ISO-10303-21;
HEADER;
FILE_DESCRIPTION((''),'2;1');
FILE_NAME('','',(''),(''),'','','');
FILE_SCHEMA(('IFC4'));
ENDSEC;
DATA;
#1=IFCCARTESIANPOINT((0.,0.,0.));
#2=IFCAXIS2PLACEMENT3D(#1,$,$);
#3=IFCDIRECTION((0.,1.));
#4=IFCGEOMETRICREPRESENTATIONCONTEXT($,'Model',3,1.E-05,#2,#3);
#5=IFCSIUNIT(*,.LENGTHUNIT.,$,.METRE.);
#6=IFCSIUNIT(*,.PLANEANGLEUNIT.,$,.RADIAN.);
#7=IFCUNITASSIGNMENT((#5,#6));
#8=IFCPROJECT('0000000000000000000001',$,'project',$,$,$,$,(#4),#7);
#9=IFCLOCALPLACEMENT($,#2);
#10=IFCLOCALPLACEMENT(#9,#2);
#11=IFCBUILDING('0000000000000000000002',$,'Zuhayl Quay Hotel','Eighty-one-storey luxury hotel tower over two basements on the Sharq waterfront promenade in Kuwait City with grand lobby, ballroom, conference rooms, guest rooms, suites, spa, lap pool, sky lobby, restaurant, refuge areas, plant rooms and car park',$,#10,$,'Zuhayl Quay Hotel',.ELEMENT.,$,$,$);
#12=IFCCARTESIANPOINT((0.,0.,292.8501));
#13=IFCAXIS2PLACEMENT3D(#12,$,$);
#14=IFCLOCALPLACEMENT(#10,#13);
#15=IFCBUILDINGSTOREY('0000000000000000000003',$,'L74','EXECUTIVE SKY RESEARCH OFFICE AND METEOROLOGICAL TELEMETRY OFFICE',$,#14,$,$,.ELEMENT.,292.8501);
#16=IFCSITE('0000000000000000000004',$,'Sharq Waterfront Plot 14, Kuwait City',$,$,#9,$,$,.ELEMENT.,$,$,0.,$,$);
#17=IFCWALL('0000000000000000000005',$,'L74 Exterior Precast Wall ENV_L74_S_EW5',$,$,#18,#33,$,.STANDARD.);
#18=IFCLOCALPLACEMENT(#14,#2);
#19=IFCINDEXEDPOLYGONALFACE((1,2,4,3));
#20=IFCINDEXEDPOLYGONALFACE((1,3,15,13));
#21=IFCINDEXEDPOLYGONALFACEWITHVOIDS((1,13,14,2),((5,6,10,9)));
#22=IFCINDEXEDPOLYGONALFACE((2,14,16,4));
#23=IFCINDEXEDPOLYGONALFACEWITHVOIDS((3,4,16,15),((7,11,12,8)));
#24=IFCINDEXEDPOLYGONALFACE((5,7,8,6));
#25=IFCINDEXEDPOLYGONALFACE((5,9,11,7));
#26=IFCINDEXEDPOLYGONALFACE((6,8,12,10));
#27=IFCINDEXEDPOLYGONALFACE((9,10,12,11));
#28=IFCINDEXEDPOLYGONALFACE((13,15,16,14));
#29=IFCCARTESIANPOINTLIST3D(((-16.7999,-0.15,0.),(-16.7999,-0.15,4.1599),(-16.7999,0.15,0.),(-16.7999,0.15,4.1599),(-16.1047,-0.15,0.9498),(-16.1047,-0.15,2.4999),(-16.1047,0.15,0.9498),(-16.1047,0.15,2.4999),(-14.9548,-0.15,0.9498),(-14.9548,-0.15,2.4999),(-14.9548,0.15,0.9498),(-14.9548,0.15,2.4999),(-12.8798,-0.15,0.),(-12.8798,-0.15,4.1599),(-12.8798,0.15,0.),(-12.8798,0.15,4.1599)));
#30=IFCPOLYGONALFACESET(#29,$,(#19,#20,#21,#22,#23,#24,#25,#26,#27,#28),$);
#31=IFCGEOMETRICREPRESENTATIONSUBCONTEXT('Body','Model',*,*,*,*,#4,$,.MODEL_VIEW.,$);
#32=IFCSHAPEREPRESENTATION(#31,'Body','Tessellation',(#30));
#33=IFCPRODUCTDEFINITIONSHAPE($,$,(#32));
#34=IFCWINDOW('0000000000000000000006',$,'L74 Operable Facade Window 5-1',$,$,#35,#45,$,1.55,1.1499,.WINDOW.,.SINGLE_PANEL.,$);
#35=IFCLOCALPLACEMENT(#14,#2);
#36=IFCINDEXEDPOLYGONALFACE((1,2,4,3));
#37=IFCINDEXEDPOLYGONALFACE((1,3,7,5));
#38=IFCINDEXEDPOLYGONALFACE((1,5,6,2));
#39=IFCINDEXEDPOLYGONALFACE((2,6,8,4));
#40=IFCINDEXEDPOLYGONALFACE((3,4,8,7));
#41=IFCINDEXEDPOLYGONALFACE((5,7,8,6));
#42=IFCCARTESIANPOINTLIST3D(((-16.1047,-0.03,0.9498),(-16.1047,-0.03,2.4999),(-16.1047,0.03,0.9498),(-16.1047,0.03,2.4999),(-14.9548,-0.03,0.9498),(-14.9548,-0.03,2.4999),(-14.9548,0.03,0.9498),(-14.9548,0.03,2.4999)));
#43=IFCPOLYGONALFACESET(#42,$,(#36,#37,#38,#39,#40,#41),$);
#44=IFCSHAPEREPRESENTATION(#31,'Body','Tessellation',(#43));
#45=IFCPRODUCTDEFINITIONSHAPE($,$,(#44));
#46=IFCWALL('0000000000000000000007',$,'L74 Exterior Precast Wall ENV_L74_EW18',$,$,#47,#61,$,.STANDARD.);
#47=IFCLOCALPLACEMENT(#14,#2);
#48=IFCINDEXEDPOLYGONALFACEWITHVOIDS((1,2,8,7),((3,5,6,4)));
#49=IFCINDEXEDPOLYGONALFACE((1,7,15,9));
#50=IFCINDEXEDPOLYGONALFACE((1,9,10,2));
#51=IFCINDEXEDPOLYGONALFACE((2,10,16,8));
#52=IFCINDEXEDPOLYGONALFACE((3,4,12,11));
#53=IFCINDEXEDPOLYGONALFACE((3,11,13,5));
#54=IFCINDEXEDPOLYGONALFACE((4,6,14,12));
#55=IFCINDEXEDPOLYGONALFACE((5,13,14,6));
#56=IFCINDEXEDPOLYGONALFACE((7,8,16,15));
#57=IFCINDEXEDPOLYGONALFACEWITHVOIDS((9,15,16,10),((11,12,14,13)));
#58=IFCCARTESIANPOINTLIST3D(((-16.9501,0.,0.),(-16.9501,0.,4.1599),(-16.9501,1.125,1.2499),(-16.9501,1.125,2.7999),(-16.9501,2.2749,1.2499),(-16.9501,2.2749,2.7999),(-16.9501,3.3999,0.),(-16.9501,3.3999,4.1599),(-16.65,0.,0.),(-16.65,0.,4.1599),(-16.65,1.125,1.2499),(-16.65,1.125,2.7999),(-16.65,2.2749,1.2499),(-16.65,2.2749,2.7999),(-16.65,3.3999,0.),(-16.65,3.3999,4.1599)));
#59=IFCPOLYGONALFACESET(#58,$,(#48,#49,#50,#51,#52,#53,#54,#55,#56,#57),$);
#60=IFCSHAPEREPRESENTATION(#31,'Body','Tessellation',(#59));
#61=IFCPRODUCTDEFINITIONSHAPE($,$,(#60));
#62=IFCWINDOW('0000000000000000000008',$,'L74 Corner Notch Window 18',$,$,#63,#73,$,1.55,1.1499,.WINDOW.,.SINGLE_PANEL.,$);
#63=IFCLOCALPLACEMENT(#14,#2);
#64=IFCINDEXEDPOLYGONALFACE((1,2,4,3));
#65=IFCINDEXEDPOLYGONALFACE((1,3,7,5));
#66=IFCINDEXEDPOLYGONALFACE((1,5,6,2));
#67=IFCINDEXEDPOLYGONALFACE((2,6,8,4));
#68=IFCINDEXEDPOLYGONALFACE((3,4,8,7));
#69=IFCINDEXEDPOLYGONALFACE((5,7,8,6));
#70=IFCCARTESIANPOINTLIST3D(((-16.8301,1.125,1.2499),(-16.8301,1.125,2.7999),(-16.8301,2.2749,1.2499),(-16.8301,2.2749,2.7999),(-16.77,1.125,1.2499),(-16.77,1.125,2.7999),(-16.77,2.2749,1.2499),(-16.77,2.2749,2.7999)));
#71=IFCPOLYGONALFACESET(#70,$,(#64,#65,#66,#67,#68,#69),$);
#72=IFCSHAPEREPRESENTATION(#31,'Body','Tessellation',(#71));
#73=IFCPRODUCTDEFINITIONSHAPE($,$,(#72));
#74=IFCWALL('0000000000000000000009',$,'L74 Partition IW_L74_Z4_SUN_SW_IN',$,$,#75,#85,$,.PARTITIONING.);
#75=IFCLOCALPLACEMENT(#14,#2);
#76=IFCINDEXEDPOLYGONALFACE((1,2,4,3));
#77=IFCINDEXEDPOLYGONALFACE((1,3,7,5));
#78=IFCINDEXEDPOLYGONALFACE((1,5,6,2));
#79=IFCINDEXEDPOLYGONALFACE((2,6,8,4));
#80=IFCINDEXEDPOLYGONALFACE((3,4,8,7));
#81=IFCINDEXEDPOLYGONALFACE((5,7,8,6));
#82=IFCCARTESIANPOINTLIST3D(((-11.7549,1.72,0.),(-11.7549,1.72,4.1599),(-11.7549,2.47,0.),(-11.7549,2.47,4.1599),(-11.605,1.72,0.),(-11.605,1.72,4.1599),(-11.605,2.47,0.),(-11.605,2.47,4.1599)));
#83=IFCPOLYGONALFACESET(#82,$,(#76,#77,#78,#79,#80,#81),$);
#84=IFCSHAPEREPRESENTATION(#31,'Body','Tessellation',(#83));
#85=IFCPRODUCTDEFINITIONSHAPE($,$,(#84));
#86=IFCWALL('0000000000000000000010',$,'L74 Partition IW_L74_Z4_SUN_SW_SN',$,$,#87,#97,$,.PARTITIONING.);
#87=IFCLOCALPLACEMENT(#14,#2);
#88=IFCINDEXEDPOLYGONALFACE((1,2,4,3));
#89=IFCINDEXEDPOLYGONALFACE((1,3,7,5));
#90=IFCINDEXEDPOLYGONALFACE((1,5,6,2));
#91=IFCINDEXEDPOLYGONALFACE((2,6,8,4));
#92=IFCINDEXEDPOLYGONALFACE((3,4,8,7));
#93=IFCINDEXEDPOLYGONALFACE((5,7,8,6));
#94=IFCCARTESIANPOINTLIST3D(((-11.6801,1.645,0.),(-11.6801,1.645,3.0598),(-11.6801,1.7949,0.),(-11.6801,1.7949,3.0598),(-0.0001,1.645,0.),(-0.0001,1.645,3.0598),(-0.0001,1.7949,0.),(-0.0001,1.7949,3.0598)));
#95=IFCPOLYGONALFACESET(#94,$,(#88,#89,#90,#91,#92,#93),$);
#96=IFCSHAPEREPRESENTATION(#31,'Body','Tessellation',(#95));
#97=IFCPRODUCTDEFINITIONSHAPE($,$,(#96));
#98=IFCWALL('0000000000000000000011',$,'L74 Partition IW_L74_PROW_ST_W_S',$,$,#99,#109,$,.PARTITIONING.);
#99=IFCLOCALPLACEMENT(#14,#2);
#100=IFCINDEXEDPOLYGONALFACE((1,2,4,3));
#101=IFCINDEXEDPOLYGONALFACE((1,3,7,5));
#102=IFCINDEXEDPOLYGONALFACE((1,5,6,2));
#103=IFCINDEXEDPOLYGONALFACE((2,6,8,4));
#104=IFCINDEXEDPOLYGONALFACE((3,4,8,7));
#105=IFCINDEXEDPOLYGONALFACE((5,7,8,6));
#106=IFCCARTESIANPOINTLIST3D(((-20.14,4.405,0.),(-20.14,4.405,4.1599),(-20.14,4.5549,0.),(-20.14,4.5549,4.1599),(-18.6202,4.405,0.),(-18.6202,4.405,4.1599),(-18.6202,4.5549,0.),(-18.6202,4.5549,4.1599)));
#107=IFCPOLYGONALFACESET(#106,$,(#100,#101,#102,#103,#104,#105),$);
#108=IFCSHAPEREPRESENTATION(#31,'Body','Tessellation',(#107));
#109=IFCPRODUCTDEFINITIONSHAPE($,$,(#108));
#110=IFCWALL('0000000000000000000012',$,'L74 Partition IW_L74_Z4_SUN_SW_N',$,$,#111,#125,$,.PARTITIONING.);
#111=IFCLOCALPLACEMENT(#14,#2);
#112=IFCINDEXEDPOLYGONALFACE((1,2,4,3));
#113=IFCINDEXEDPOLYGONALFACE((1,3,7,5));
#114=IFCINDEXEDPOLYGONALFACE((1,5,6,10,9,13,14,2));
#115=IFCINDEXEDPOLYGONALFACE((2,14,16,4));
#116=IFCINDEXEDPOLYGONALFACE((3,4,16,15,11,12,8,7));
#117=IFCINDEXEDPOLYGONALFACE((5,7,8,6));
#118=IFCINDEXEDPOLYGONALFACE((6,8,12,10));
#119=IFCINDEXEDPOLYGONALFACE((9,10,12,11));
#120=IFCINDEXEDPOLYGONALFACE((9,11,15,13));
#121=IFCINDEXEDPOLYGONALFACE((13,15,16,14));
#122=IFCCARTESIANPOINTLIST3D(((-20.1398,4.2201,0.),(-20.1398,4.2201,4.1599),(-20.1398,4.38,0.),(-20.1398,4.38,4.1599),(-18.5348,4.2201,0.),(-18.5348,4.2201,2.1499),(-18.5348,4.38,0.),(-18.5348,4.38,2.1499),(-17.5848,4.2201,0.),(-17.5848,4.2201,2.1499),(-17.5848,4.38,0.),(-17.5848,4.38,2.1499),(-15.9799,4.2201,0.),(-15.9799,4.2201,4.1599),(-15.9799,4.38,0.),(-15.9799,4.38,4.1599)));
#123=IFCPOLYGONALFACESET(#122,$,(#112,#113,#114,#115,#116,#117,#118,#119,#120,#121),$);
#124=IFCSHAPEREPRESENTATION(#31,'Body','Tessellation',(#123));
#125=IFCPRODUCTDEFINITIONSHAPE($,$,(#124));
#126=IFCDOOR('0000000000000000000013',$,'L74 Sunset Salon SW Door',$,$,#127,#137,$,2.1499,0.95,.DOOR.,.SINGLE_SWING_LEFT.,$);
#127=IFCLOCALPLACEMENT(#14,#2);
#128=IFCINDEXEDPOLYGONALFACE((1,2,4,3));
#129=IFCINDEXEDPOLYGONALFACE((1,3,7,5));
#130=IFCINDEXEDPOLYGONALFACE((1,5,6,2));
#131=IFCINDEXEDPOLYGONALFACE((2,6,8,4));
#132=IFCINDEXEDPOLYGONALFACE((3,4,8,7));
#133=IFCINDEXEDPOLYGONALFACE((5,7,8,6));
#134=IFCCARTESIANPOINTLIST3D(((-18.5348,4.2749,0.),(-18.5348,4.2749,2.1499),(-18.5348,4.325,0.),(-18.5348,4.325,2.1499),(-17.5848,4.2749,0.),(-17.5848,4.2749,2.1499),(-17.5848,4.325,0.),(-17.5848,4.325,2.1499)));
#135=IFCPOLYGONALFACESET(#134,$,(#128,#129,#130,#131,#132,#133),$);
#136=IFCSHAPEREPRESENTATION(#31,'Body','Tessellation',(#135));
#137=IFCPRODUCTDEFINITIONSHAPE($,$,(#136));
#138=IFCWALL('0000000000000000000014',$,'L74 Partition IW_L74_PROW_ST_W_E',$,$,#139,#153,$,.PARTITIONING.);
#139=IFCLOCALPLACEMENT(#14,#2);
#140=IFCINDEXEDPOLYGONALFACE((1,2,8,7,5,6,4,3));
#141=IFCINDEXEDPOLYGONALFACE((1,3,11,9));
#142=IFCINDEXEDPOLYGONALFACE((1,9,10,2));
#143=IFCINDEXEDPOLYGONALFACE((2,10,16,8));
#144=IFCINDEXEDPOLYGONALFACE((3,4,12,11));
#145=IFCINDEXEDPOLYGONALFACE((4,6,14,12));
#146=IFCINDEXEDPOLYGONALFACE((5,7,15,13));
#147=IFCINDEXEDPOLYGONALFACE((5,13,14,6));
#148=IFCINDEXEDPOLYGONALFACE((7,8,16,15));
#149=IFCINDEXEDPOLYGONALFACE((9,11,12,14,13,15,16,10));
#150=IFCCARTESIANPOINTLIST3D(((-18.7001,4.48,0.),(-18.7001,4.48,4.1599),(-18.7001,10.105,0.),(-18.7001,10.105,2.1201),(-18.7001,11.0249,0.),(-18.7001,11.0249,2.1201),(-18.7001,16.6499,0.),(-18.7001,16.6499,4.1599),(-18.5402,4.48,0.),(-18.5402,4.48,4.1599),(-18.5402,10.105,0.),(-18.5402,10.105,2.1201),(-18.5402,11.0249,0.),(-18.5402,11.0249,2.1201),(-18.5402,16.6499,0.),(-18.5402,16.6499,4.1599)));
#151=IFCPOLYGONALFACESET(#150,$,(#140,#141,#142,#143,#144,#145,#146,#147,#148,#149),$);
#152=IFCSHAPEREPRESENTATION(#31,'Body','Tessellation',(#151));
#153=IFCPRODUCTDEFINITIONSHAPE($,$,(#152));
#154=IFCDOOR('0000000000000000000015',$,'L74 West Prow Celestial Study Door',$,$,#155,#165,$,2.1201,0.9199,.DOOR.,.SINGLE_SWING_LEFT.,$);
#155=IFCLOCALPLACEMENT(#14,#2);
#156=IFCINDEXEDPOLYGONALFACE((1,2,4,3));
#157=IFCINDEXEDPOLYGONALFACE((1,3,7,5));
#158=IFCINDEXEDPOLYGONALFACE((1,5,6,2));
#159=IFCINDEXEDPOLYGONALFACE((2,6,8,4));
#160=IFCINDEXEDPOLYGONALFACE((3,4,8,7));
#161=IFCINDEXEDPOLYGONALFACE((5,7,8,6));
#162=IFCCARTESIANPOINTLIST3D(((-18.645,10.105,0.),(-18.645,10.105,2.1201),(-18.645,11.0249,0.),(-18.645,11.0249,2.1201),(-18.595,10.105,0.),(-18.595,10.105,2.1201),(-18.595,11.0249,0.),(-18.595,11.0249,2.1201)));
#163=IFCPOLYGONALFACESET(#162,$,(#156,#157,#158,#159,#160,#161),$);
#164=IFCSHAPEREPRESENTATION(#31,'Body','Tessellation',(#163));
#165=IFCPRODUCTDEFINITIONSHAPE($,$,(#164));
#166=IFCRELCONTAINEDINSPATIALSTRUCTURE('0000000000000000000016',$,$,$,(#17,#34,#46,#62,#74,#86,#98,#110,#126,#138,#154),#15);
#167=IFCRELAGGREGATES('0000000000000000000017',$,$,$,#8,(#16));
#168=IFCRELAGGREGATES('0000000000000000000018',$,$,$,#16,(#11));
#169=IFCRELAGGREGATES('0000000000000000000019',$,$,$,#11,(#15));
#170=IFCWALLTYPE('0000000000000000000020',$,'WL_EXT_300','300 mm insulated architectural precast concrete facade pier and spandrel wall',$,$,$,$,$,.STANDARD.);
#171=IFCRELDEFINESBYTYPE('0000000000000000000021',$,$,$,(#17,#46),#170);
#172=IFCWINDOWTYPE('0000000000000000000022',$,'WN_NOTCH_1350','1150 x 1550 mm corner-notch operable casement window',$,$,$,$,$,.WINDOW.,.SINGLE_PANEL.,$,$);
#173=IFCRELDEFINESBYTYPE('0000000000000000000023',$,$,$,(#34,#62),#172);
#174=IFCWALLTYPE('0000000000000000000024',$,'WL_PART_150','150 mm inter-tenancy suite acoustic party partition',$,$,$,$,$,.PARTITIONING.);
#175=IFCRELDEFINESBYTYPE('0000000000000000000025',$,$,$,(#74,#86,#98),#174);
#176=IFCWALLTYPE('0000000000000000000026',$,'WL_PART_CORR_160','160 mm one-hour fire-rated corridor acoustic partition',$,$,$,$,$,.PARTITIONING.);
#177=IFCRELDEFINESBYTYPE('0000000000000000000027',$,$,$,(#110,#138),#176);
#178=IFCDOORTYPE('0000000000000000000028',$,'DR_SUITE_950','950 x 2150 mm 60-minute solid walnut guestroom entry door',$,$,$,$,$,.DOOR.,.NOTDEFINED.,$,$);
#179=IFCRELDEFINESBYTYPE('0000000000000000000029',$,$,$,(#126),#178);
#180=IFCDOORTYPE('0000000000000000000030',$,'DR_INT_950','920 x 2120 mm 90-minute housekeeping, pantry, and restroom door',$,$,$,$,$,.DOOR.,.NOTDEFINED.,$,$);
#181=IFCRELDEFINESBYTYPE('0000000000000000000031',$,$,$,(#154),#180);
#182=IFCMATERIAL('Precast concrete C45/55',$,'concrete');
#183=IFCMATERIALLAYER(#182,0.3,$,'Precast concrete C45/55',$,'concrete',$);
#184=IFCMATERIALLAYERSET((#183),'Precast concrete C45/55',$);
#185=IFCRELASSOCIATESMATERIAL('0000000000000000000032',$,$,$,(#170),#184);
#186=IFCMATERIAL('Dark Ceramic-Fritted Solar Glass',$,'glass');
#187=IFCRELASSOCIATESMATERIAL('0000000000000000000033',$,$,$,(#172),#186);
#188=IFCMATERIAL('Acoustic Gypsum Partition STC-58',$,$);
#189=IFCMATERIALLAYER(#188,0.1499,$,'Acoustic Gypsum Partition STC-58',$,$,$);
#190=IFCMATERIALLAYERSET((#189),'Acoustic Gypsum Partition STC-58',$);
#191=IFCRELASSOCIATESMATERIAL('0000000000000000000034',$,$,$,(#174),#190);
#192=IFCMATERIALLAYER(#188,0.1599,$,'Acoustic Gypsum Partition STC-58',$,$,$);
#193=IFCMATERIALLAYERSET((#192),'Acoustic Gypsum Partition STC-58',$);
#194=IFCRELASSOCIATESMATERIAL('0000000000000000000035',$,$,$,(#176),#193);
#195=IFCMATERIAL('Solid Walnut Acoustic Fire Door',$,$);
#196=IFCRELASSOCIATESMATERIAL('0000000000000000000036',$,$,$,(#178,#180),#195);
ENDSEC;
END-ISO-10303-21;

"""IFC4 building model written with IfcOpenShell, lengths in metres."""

from ifc_helpers import new_model, si_unit, direction, frame, frame_2d, origin, place, context, subcontext, project, spatial, rectangle, extrude, material, layer, layer_set, type_object, element, fill, save


model = new_model("IFC4")

# Units and contexts
model_context = context("Model", 3, precision=1e-05, world=origin(), true_north=direction((0.0, 1.0)))
body_context = subcontext(model_context, "Body", "Model", "MODEL_VIEW")
ifc_project = project(units=[si_unit("LENGTHUNIT", "METRE"), si_unit("PLANEANGLEUNIT", "RADIAN")], contexts=[model_context])

# Site, building, storey
site_placement = place(None, origin())
site = spatial("IfcSite", under=ifc_project, at=site_placement, Name="Sharq Waterfront Plot 14, Kuwait City", CompositionType="ELEMENT", RefElevation=0.0)
building_placement = place(site_placement, origin())
building = spatial("IfcBuilding", under=site, at=building_placement, Name="Zuhayl Quay Hotel", Description="Eighty-one-storey luxury hotel tower over two basements on the Sharq waterfront promenade in Kuwait City with grand lobby, ballroom, conference rooms, guest rooms, suites, spa, lap pool, sky lobby, restaurant, refuge areas, plant rooms and car park", LongName="Zuhayl Quay Hotel", CompositionType="ELEMENT")
storey_placement = place(building_placement, frame((0.0, 0.0, 292.8501)))
storey = spatial("IfcBuildingStorey", under=building, at=storey_placement, Name="L74", Description="EXECUTIVE SKY RESEARCH OFFICE AND METEOROLOGICAL TELEMETRY OFFICE", CompositionType="ELEMENT", Elevation=292.8501)

# Shared definitions
ifc_material_1 = material(Name="Dark Ceramic-Fritted Solar Glass", Category="glass")

# Shared definitions
ifc_material_2 = material(Name="Precast concrete C45/55", Category="concrete")
ifc_layer_1 = layer(ifc_material_2, 0.3, Name="Precast concrete C45/55", Category="concrete")
ifc_layer_set_1 = layer_set([ifc_layer_1], Name="Precast concrete C45/55")
wall_type_1 = type_object("IfcWallType", Name="WL_EXT_300", Description="300 mm insulated architectural precast concrete facade pier and spandrel wall", PredefinedType="STANDARD", material=ifc_layer_set_1)
window_type = type_object("IfcWindowType", Name="WN_NOTCH_1350", Description="1150 x 1550 mm corner-notch operable casement window", PartitioningType="SINGLE_PANEL", PredefinedType="WINDOW", material=ifc_material_1)

# Walls, openings, windows
wall_1_placement = place(storey_placement, frame((-12.8799, 0.0, 0.0), z_axis=(0.0, 0.0, 1.0), x_axis=(-1.0, 0.0, 0.0)))
wall_1 = element("IfcWall", 1, at=wall_1_placement, inside=storey, type_object=wall_type_1, Name="L74 Exterior Precast Wall ENV_L74_S_EW5", PredefinedType="STANDARD", context=body_context, shape_type="SweptSolid", body=[
    extrude(rectangle(XDim=3.9202, YDim=0.3, at=frame_2d((1.96, 0.0))), origin(), (0.0, 0.0, 1.0), 4.1599),
])
opening_1_placement = place(wall_1_placement, frame((2.075, 0.0, 0.95)))
opening_1 = element("IfcOpeningElement", 2, at=opening_1_placement, cuts=wall_1, PredefinedType="OPENING", context=body_context, shape_type="SweptSolid", body=[
    extrude(rectangle(XDim=1.1499, YDim=1.55, at=frame_2d((0.575, 0.7749))), frame((0.0, 0.1599, 0.0), z_axis=(0.0, -1.0, 0.0), x_axis=(1.0, 0.0, 0.0)), (0.0, 0.0, 1.0), 0.3201),
])
window_1_placement = place(opening_1_placement, origin())
window_1 = element("IfcWindow", 3, at=window_1_placement, inside=storey, type_object=window_type, Name="L74 Operable Facade Window 5-1", OverallHeight=1.55, OverallWidth=1.1499, PartitioningType="SINGLE_PANEL", PredefinedType="WINDOW", context=body_context, shape_type="SweptSolid", body=[
    extrude(rectangle(XDim=1.1499, YDim=1.55, at=frame_2d((0.575, 0.7749))), frame((0.0, 0.03, 0.0), z_axis=(0.0, -1.0, 0.0), x_axis=(1.0, 0.0, 0.0)), (0.0, 0.0, 1.0), 0.0601),
])
fill(opening_1, window_1)
wall_2_placement = place(storey_placement, frame((-16.8, 0.0, 0.0), z_axis=(0.0, 0.0, 1.0), x_axis=(0.0, 1.0, 0.0)))
wall_2 = element("IfcWall", 4, at=wall_2_placement, inside=storey, type_object=wall_type_1, Name="L74 Exterior Precast Wall ENV_L74_EW18", PredefinedType="STANDARD", context=body_context, shape_type="SweptSolid", body=[
    extrude(rectangle(XDim=3.3999, YDim=0.3, at=frame_2d((1.7, 0.0))), origin(), (0.0, 0.0, 1.0), 4.1599),
])
opening_2_placement = place(wall_2_placement, frame((1.125, 0.0, 1.25)))
opening_2 = element("IfcOpeningElement", 5, at=opening_2_placement, cuts=wall_2, PredefinedType="OPENING", context=body_context, shape_type="SweptSolid", body=[
    extrude(rectangle(XDim=1.1499, YDim=1.55, at=frame_2d((0.575, 0.7749))), frame((0.0, 0.1599, 0.0), z_axis=(0.0, -1.0, 0.0), x_axis=(1.0, 0.0, 0.0)), (0.0, 0.0, 1.0), 0.3201),
])
window_2_placement = place(opening_2_placement, origin())
window_2 = element("IfcWindow", 6, at=window_2_placement, inside=storey, type_object=window_type, Name="L74 Corner Notch Window 18", OverallHeight=1.55, OverallWidth=1.1499, PartitioningType="SINGLE_PANEL", PredefinedType="WINDOW", context=body_context, shape_type="SweptSolid", body=[
    extrude(rectangle(XDim=1.1499, YDim=1.55, at=frame_2d((0.575, 0.7749))), frame((0.0, 0.03, 0.0), z_axis=(0.0, -1.0, 0.0), x_axis=(1.0, 0.0, 0.0)), (0.0, 0.0, 1.0), 0.0601),
])
fill(opening_2, window_2)

# Walls
ifc_material_3 = material(Name="Acoustic Gypsum Partition STC-58")
ifc_layer_2 = layer(ifc_material_3, 0.1499, Name="Acoustic Gypsum Partition STC-58")
ifc_layer_set_2 = layer_set([ifc_layer_2], Name="Acoustic Gypsum Partition STC-58")
wall_type_2 = type_object("IfcWallType", Name="WL_PART_150", Description="150 mm inter-tenancy suite acoustic party partition", PredefinedType="PARTITIONING", material=ifc_layer_set_2)
wall_3_placement = place(storey_placement, frame((-11.6799, 1.72, 0.0), z_axis=(0.0, 0.0, 1.0), x_axis=(0.0, 1.0, 0.0)))
element("IfcWall", 7, at=wall_3_placement, inside=storey, type_object=wall_type_2, Name="L74 Partition IW_L74_Z4_SUN_SW_IN", PredefinedType="PARTITIONING", context=body_context, shape_type="SweptSolid", body=[
    extrude(rectangle(XDim=0.75, YDim=0.1499, at=frame_2d((0.375, 0.0))), origin(), (0.0, 0.0, 1.0), 4.1599),
])
wall_4_placement = place(storey_placement, frame((-11.6799, 1.72, 0.0), z_axis=(0.0, 0.0, 1.0), x_axis=(1.0, 0.0, 0.0)))
element("IfcWall", 8, at=wall_4_placement, inside=storey, type_object=wall_type_2, Name="L74 Partition IW_L74_Z4_SUN_SW_SN", PredefinedType="PARTITIONING", context=body_context, shape_type="SweptSolid", body=[
    extrude(rectangle(XDim=11.6799, YDim=0.1499, at=frame_2d((5.8398, 0.0))), origin(), (0.0, 0.0, 1.0), 3.0598),
])
wall_5_placement = place(storey_placement, frame((-20.1399, 4.48, 0.0), z_axis=(0.0, 0.0, 1.0), x_axis=(1.0, 0.0, 0.0)))
element("IfcWall", 9, at=wall_5_placement, inside=storey, type_object=wall_type_2, Name="L74 Partition IW_L74_PROW_ST_W_S", PredefinedType="PARTITIONING", context=body_context, shape_type="SweptSolid", body=[
    extrude(rectangle(XDim=1.5198, YDim=0.1499, at=frame_2d((0.7598, 0.0))), origin(), (0.0, 0.0, 1.0), 4.1599),
])

# Walls, openings, doors
ifc_layer_3 = layer(ifc_material_3, 0.1599, Name="Acoustic Gypsum Partition STC-58")
ifc_layer_set_3 = layer_set([ifc_layer_3], Name="Acoustic Gypsum Partition STC-58")
wall_type_3 = type_object("IfcWallType", Name="WL_PART_CORR_160", Description="160 mm one-hour fire-rated corridor acoustic partition", PredefinedType="PARTITIONING", material=ifc_layer_set_3)
wall_6_placement = place(storey_placement, frame((-20.1399, 4.3, 0.0), z_axis=(0.0, 0.0, 1.0), x_axis=(1.0, 0.0, 0.0)))
wall_6 = element("IfcWall", 10, at=wall_6_placement, inside=storey, type_object=wall_type_3, Name="L74 Partition IW_L74_Z4_SUN_SW_N", PredefinedType="PARTITIONING", context=body_context, shape_type="SweptSolid", body=[
    extrude(rectangle(XDim=4.1599, YDim=0.1599, at=frame_2d((2.0801, 0.0))), origin(), (0.0, 0.0, 1.0), 4.1599),
])
opening_3_placement = place(wall_6_placement, frame((1.605, 0.0, 0.0)))
opening_3 = element("IfcOpeningElement", 11, at=opening_3_placement, cuts=wall_6, PredefinedType="OPENING", context=body_context, shape_type="SweptSolid", body=[
    extrude(rectangle(XDim=0.95, YDim=2.1499, at=frame_2d((0.4751, 1.075))), frame((0.0, 0.0898, 0.0), z_axis=(0.0, -1.0, 0.0), x_axis=(1.0, 0.0, 0.0)), (0.0, 0.0, 1.0), 0.1799),
])
ifc_material_4 = material(Name="Solid Walnut Acoustic Fire Door")
door_type_1 = type_object("IfcDoorType", Name="DR_SUITE_950", Description="950 x 2150 mm 60-minute solid walnut guestroom entry door", OperationType="NOTDEFINED", PredefinedType="DOOR", material=ifc_material_4)
door_1_placement = place(opening_3_placement, origin())
door_1 = element("IfcDoor", 12, at=door_1_placement, inside=storey, type_object=door_type_1, Name="L74 Sunset Salon SW Door", OperationType="SINGLE_SWING_LEFT", OverallHeight=2.1499, OverallWidth=0.95, PredefinedType="DOOR", context=body_context, shape_type="SweptSolid", body=[
    extrude(rectangle(XDim=0.95, YDim=2.1499, at=frame_2d((0.4751, 1.075))), frame((0.0, 0.0249, 0.0), z_axis=(0.0, -1.0, 0.0), x_axis=(1.0, 0.0, 0.0)), (0.0, 0.0, 1.0), 0.05),
])
fill(opening_3, door_1)
wall_7_placement = place(storey_placement, frame((-18.6201, 4.48, 0.0), z_axis=(0.0, 0.0, 1.0), x_axis=(0.0, 1.0, 0.0)))
wall_7 = element("IfcWall", 13, at=wall_7_placement, inside=storey, type_object=wall_type_3, Name="L74 Partition IW_L74_PROW_ST_W_E", PredefinedType="PARTITIONING", context=body_context, shape_type="SweptSolid", body=[
    extrude(rectangle(XDim=12.1699, YDim=0.1599, at=frame_2d((6.085, 0.0))), origin(), (0.0, 0.0, 1.0), 4.1599),
])
opening_4_placement = place(wall_7_placement, frame((5.625, 0.0, 0.0)))
opening_4 = element("IfcOpeningElement", 14, at=opening_4_placement, cuts=wall_7, PredefinedType="OPENING", context=body_context, shape_type="SweptSolid", body=[
    extrude(rectangle(XDim=0.9199, YDim=2.1201, at=frame_2d((0.46, 1.0601))), frame((0.0, 0.0898, 0.0), z_axis=(0.0, -1.0, 0.0), x_axis=(1.0, 0.0, 0.0)), (0.0, 0.0, 1.0), 0.1799),
])
door_type_2 = type_object("IfcDoorType", Name="DR_INT_950", Description="920 x 2120 mm 90-minute housekeeping, pantry, and restroom door", OperationType="NOTDEFINED", PredefinedType="DOOR", material=ifc_material_4)
door_2_placement = place(opening_4_placement, origin())
door_2 = element("IfcDoor", 15, at=door_2_placement, inside=storey, type_object=door_type_2, Name="L74 West Prow Celestial Study Door", OperationType="SINGLE_SWING_LEFT", OverallHeight=2.1201, OverallWidth=0.9199, PredefinedType="DOOR", context=body_context, shape_type="SweptSolid", body=[
    extrude(rectangle(XDim=0.9199, YDim=2.1201, at=frame_2d((0.46, 1.0601))), frame((0.0, 0.0249, 0.0), z_axis=(0.0, -1.0, 0.0), x_axis=(1.0, 0.0, 0.0)), (0.0, 0.0, 1.0), 0.05),
])
fill(opening_4, door_2)

save(model, "model.ifc")
